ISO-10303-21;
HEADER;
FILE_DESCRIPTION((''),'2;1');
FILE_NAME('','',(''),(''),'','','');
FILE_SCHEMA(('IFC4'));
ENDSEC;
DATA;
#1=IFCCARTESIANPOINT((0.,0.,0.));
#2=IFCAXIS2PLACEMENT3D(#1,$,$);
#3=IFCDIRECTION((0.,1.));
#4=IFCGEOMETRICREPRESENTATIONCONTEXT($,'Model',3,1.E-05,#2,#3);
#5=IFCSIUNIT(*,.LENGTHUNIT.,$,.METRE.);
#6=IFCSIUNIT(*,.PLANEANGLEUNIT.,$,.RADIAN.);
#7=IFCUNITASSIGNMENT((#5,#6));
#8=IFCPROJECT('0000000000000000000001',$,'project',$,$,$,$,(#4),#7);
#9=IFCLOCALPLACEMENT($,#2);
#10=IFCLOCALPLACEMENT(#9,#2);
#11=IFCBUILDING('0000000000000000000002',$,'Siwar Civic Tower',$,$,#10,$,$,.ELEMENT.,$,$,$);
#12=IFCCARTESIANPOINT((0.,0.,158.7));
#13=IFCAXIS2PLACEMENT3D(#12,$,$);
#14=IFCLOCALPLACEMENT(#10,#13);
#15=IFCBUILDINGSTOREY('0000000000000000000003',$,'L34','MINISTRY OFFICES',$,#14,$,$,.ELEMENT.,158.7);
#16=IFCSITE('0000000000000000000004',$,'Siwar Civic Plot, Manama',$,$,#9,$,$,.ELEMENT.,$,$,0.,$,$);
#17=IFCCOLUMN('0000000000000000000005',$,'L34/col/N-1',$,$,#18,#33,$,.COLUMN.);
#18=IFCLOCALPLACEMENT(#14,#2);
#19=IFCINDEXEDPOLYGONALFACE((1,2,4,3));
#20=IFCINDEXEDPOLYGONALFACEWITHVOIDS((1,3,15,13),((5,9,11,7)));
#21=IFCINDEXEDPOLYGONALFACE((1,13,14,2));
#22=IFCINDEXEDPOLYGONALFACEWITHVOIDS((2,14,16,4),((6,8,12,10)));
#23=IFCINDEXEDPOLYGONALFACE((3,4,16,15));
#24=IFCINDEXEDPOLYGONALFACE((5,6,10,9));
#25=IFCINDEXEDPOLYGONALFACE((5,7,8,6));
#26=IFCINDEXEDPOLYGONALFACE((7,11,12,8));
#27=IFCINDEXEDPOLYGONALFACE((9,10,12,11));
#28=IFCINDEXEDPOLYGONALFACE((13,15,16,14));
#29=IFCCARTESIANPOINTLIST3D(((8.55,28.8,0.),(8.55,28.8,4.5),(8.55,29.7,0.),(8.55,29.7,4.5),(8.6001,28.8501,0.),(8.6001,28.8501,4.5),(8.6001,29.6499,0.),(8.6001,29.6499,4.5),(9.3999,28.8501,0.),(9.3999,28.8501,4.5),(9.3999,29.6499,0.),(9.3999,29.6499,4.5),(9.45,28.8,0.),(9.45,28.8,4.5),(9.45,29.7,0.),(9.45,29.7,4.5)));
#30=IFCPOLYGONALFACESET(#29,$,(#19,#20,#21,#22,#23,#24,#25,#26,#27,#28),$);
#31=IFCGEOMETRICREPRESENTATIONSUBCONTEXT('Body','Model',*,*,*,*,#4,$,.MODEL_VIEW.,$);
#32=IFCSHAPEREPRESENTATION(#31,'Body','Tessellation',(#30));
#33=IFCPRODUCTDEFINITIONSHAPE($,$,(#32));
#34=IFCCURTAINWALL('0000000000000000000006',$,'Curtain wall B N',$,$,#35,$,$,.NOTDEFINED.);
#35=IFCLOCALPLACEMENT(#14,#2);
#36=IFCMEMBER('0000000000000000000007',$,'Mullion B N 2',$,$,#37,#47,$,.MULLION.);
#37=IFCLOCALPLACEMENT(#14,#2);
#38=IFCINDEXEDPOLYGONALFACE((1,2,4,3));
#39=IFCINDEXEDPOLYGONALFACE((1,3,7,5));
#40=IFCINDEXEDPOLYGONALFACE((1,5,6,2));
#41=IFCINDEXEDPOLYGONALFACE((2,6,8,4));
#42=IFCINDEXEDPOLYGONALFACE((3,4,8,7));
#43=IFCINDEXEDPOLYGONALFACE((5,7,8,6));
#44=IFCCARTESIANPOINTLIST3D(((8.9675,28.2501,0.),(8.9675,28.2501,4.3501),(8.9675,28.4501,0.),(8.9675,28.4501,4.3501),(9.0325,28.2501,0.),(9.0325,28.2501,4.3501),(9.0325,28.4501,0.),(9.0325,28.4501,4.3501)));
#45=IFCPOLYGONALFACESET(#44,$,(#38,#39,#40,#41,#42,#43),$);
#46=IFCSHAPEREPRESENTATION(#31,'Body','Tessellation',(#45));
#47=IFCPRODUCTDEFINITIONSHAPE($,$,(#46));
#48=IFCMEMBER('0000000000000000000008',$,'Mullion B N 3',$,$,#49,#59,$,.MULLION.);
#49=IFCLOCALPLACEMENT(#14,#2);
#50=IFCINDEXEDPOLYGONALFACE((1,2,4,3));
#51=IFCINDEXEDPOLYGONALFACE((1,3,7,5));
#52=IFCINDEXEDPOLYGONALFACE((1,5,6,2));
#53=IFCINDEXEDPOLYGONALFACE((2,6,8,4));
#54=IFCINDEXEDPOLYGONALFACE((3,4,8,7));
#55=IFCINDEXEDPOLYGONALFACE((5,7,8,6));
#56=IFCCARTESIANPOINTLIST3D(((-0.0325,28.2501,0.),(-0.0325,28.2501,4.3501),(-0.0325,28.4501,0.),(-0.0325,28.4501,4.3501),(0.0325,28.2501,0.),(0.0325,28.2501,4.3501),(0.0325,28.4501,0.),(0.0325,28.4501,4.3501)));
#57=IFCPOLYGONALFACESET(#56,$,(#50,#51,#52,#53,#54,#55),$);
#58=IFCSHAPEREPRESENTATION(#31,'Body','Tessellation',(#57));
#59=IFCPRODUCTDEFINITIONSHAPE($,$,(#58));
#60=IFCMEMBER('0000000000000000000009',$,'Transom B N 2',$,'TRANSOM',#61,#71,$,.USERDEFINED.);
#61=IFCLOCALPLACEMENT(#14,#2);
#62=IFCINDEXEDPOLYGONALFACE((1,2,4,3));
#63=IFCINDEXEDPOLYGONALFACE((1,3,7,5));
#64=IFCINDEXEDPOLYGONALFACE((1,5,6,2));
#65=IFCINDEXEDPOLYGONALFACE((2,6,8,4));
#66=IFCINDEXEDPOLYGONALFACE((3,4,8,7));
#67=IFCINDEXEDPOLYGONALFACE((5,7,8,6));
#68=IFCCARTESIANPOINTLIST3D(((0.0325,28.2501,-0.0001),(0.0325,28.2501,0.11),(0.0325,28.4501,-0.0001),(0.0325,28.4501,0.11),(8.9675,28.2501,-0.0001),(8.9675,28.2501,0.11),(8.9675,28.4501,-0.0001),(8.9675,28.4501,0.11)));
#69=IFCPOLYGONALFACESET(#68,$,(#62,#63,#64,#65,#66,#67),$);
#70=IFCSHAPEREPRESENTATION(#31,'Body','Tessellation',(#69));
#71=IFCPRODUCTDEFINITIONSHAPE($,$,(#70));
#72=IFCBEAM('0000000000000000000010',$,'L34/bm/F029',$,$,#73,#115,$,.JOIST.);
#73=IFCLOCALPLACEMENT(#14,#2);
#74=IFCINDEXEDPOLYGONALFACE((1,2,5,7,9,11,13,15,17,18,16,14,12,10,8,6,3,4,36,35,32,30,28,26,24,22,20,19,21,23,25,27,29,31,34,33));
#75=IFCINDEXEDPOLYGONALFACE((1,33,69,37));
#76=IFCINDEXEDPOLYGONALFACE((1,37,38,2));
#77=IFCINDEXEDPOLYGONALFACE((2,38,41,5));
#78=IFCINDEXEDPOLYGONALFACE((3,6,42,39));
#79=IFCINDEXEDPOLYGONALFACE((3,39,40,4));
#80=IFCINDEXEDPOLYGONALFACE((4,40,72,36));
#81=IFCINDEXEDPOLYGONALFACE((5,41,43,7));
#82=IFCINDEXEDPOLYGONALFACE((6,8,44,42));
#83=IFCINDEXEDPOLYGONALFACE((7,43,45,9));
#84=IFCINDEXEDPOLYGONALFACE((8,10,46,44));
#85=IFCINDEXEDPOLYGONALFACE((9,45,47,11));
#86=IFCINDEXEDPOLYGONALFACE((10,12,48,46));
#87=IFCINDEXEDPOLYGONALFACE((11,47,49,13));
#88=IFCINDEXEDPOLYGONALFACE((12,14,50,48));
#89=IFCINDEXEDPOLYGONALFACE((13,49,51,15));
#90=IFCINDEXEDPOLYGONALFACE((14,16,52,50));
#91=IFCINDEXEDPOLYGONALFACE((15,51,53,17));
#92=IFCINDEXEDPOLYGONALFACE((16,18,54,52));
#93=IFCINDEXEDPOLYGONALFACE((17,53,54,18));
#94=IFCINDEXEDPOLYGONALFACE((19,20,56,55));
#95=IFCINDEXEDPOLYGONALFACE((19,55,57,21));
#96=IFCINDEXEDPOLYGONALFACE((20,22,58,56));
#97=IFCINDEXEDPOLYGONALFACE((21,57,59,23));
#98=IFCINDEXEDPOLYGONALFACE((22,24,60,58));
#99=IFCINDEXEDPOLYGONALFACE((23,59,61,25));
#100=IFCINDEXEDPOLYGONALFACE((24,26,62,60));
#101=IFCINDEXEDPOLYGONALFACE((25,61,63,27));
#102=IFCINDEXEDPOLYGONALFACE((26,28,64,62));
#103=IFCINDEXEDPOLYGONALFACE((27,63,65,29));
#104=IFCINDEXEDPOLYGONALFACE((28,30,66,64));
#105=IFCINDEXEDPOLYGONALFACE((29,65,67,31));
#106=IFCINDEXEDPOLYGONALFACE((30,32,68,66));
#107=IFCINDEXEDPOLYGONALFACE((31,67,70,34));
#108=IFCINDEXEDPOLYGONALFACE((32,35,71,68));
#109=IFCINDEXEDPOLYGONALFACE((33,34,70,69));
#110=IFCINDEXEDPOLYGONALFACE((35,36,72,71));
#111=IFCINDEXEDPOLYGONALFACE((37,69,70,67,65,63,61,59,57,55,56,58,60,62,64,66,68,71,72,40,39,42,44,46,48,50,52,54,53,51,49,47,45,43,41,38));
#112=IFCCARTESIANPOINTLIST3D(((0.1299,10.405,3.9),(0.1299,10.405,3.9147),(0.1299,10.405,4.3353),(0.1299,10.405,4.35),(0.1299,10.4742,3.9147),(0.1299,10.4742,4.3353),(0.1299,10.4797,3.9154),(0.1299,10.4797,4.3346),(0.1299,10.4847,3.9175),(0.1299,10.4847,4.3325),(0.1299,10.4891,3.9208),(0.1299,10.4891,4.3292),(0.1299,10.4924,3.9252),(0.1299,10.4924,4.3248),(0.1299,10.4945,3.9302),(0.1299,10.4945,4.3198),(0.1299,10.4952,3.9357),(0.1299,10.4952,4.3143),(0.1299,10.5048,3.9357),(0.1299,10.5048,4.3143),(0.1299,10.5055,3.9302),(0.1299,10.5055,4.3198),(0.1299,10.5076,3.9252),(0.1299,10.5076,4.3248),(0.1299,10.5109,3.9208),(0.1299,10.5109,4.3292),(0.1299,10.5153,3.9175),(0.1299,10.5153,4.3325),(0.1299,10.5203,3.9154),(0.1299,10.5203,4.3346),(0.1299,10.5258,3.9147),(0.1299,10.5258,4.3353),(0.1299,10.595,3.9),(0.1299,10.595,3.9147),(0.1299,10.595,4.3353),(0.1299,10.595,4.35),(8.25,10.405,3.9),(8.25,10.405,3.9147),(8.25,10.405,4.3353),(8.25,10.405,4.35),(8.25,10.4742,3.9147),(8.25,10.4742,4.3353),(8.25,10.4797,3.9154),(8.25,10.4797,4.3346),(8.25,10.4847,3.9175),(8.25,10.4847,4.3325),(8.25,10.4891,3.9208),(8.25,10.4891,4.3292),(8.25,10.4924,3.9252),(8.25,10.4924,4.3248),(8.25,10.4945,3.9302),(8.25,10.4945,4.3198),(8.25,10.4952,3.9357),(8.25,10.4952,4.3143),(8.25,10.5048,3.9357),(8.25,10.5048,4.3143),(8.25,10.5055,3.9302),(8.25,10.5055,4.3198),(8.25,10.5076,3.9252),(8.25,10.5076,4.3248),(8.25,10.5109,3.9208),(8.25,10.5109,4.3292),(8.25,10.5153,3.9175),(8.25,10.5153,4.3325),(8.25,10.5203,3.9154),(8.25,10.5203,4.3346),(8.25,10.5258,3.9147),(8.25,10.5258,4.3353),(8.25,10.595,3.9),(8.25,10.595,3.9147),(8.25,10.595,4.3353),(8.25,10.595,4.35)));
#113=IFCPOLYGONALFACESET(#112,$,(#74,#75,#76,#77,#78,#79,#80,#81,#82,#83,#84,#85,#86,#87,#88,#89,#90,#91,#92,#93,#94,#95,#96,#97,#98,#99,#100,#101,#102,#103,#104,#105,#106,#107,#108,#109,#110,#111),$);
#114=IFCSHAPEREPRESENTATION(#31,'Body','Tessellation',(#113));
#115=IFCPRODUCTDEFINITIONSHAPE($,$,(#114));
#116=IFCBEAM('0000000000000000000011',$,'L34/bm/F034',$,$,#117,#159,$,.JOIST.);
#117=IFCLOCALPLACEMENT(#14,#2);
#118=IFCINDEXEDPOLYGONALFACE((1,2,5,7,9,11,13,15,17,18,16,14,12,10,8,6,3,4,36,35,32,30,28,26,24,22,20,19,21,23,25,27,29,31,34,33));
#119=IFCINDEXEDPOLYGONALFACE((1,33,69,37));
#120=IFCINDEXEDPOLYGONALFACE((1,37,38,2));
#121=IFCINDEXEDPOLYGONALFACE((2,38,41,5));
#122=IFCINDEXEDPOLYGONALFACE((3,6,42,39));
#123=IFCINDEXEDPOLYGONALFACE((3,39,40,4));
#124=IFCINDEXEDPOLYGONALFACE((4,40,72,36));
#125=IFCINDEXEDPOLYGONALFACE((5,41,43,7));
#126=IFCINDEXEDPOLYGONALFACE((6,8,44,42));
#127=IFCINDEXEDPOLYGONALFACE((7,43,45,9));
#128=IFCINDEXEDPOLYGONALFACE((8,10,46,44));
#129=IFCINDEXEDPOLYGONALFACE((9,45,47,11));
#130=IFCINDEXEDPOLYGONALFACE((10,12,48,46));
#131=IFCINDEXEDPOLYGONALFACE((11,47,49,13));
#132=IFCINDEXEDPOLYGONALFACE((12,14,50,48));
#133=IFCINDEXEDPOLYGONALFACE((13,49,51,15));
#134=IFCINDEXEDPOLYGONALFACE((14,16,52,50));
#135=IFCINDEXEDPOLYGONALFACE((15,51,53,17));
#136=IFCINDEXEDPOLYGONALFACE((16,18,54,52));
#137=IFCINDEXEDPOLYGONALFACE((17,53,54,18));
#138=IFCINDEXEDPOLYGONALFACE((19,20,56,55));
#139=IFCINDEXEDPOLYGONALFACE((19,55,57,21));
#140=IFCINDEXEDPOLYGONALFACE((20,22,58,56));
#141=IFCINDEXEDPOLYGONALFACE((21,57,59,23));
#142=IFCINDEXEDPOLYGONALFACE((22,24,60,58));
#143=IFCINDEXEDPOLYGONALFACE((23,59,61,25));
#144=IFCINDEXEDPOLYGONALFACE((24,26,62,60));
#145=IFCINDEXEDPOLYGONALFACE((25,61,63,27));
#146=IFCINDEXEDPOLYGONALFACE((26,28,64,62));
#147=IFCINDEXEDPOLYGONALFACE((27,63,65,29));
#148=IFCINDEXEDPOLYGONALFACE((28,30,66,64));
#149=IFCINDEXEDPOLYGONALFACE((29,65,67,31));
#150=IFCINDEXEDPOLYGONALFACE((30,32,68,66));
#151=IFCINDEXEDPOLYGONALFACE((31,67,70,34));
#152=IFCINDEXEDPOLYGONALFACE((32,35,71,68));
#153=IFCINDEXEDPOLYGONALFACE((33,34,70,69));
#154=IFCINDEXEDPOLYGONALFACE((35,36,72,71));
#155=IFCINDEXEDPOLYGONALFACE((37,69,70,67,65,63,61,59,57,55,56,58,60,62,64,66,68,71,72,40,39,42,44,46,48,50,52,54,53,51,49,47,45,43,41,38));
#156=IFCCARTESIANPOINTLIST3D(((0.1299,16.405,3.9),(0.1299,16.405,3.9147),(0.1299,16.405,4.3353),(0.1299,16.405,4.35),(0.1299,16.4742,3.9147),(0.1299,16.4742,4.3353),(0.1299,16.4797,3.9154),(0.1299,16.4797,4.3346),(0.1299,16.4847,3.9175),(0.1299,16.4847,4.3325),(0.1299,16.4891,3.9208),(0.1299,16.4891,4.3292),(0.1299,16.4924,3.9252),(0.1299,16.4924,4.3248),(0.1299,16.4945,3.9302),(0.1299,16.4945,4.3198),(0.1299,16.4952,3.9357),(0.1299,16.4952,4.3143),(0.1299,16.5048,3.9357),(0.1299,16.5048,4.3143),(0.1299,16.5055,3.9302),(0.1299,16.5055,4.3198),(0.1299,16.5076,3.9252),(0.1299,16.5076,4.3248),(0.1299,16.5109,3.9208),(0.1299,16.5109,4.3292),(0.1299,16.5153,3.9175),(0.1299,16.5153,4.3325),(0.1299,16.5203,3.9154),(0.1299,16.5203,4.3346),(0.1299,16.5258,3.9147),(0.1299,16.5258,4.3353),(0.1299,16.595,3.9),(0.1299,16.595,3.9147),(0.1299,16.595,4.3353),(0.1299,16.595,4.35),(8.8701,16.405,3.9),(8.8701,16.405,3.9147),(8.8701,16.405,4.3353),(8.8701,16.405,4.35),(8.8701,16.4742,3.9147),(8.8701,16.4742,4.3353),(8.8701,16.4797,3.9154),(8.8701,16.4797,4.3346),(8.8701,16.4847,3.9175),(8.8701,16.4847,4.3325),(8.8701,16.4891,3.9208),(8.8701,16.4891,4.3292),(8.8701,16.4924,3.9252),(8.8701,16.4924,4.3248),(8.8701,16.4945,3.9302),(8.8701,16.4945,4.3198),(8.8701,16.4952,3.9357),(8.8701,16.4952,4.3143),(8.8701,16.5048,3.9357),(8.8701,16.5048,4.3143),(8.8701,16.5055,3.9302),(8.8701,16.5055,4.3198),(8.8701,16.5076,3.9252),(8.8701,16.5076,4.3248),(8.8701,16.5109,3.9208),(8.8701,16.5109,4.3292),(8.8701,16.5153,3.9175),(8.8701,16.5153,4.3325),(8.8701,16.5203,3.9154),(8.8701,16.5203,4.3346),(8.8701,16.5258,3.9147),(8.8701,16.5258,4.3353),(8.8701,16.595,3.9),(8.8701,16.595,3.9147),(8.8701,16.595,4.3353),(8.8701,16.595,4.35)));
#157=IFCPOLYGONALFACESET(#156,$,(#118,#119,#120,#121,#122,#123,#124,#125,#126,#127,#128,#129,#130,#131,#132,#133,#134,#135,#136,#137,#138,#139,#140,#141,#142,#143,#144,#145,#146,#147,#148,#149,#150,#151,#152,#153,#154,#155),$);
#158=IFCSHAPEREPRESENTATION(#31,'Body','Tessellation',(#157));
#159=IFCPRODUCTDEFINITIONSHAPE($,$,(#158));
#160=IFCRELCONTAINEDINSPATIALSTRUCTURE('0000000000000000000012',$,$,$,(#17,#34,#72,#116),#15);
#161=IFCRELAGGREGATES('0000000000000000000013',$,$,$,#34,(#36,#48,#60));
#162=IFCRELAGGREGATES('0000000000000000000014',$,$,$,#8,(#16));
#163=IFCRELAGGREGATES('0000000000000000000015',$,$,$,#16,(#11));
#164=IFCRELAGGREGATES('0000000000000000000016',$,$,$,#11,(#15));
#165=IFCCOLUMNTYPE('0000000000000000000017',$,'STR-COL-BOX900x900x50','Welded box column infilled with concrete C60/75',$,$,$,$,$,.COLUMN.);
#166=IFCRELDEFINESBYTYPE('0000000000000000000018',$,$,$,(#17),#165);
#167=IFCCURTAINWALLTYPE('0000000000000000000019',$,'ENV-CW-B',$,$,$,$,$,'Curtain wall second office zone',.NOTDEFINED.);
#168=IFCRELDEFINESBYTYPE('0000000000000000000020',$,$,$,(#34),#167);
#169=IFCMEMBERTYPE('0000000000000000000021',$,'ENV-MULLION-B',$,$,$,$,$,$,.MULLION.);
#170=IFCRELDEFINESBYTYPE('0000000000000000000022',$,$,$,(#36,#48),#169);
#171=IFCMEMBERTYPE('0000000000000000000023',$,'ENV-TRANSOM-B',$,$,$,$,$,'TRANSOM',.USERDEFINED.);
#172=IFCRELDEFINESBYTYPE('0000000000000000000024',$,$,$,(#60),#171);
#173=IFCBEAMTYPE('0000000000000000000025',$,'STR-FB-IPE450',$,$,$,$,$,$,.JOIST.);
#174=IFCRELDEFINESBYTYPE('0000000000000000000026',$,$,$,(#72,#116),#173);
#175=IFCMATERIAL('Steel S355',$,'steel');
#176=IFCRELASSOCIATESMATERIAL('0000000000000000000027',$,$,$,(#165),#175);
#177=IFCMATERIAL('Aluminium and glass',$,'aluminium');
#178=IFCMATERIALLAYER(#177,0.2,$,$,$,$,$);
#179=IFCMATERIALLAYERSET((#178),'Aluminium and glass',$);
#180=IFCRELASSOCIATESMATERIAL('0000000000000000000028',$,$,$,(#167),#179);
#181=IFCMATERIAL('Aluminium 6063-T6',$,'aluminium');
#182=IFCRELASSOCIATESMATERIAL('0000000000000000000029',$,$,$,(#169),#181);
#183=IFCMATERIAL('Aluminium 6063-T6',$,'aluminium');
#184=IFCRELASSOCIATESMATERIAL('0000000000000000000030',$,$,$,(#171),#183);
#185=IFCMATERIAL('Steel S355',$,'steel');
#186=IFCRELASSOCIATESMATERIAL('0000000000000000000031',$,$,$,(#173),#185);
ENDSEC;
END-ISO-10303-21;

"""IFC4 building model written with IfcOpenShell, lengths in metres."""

from ifc_helpers import new_model, si_unit, direction, frame, origin, origin_2d, place, context, subcontext, project, spatial, rectangle, hollow_rectangle, i_section, extrude, material, layer, layer_set, material_profile, profile_set, type_object, element, aggregate, save


model = new_model("IFC4")

# Units and contexts
model_context = context("Model", 3, precision=1e-05, world=origin(), true_north=direction((0.0, 1.0)))
body_context = subcontext(model_context, "Body", "Model", "MODEL_VIEW")
ifc_project = project(units=[si_unit("LENGTHUNIT", "METRE"), si_unit("PLANEANGLEUNIT", "RADIAN")], contexts=[model_context])

# Site, building, storey
site_placement = place(None, origin())
site = spatial("IfcSite", under=ifc_project, at=site_placement, Name="Siwar Civic Plot, Manama", CompositionType="ELEMENT", RefElevation=0.0)
building_placement = place(site_placement, origin())
building = spatial("IfcBuilding", under=site, at=building_placement, Name="Siwar Civic Tower", CompositionType="ELEMENT")
storey_placement = place(building_placement, frame((0.0, 0.0, 158.7)))
storey = spatial("IfcBuildingStorey", under=building, at=storey_placement, Name="L34", Description="MINISTRY OFFICES", CompositionType="ELEMENT", Elevation=158.7)

# Column
ifc_material_1 = material(Name="Steel S355", Category="steel")
ifc_material_profile_1 = material_profile(ifc_material_1, hollow_rectangle(XDim=0.8999, YDim=0.8999, WallThickness=0.05, at=origin_2d()), Name="BOX900x900x50")
ifc_profile_set_1 = profile_set([ifc_material_profile_1], Name="Steel S355")
column_type = type_object("IfcColumnType", Name="STR-COL-BOX900x900x50", Description="Welded box column infilled with concrete C60/75", PredefinedType="COLUMN", material=ifc_profile_set_1)
column_placement = place(storey_placement, frame((9.0, 29.25, 0.0), z_axis=(0.0, 0.0, 1.0), x_axis=(1.0, 0.0, 0.0)))
element("IfcColumn", 1, at=column_placement, inside=storey, type_object=column_type, Name="L34/col/N-1", PredefinedType="COLUMN", context=body_context, shape_type="SweptSolid", body=[
    extrude(hollow_rectangle(XDim=0.8999, YDim=0.8999, WallThickness=0.05, at=origin_2d()), origin(), (0.0, 0.0, 1.0), 4.5),
])

# Curtain wall, members
ifc_material_2 = material(Name="Aluminium and glass", Category="aluminium")
ifc_layer_1 = layer(ifc_material_2, 0.2)
ifc_layer_set_1 = layer_set([ifc_layer_1], Name="Aluminium and glass")
curtain_wall_type = type_object("IfcCurtainWallType", Name="ENV-CW-B", ElementType="Curtain wall second office zone", PredefinedType="NOTDEFINED", material=ifc_layer_set_1)
curtain_wall_placement = place(storey_placement, origin())
curtain_wall = element("IfcCurtainWall", 2, at=curtain_wall_placement, inside=storey, type_object=curtain_wall_type, Name="Curtain wall B N", PredefinedType="NOTDEFINED")
ifc_material_3 = material(Name="Aluminium 6063-T6", Category="aluminium")
ifc_material_profile_2 = material_profile(ifc_material_3, rectangle(XDim=0.2, YDim=0.0649, at=origin_2d()), Name="AL 200x65")
ifc_profile_set_2 = profile_set([ifc_material_profile_2], Name="Aluminium 6063-T6")
member_type_1 = type_object("IfcMemberType", Name="ENV-MULLION-B", PredefinedType="MULLION", material=ifc_profile_set_2)
member_1_placement = place(storey_placement, frame((9.0, 28.3501, 0.0), z_axis=(0.0, 0.0, 1.0), x_axis=(0.0, -1.0, 0.0)))
member_1 = element("IfcMember", 3, at=member_1_placement, type_object=member_type_1, Name="Mullion B N 2", PredefinedType="MULLION", context=body_context, shape_type="SweptSolid", body=[
    extrude(rectangle(XDim=0.2, YDim=0.0649, at=origin_2d()), origin(), (0.0, 0.0, 1.0), 4.3501),
])
member_2_placement = place(storey_placement, frame((0.0, 28.3501, 0.0), z_axis=(0.0, 0.0, 1.0), x_axis=(0.0, -1.0, 0.0)))
member_2 = element("IfcMember", 4, at=member_2_placement, type_object=member_type_1, Name="Mullion B N 3", PredefinedType="MULLION", context=body_context, shape_type="SweptSolid", body=[
    extrude(rectangle(XDim=0.2, YDim=0.0649, at=origin_2d()), origin(), (0.0, 0.0, 1.0), 4.3501),
])
ifc_material_4 = material(Name="Aluminium 6063-T6", Category="aluminium")
ifc_material_profile_3 = material_profile(ifc_material_4, rectangle(XDim=0.2, YDim=0.1101, at=origin_2d()), Name="AL 200x110")
ifc_profile_set_3 = profile_set([ifc_material_profile_3], Name="Aluminium 6063-T6")
member_type_2 = type_object("IfcMemberType", Name="ENV-TRANSOM-B", ElementType="TRANSOM", PredefinedType="USERDEFINED", material=ifc_profile_set_3)
member_3_placement = place(storey_placement, frame((8.9675, 28.3501, 0.0549), z_axis=(-1.0, 0.0, 0.0), x_axis=(0.0, -1.0, 0.0)))
member_3 = element("IfcMember", 5, at=member_3_placement, type_object=member_type_2, Name="Transom B N 2", ObjectType="TRANSOM", PredefinedType="USERDEFINED", context=body_context, shape_type="SweptSolid", body=[
    extrude(rectangle(XDim=0.2, YDim=0.1101, at=origin_2d()), origin(), (0.0, 0.0, 1.0), 8.9351),
])

# Beams
ifc_material_5 = material(Name="Steel S355", Category="steel")
ifc_material_profile_4 = material_profile(ifc_material_5, i_section(OverallWidth=0.1899, OverallDepth=0.45, WebThickness=0.0095, FlangeThickness=0.0146, FilletRadius=0.021, at=origin_2d()), Name="IPE450")
ifc_profile_set_4 = profile_set([ifc_material_profile_4], Name="Steel S355")
beam_type_1 = type_object("IfcBeamType", Name="STR-FB-IPE450", PredefinedType="JOIST", material=ifc_profile_set_4)
beam_1_placement = place(storey_placement, frame((0.1299, 10.5, 4.125), z_axis=(1.0, 0.0, 0.0), x_axis=(0.0, 1.0, 0.0)))
element("IfcBeam", 6, at=beam_1_placement, inside=storey, type_object=beam_type_1, Name="L34/bm/F029", PredefinedType="JOIST", context=body_context, shape_type="SweptSolid", body=[
    extrude(i_section(OverallWidth=0.1899, OverallDepth=0.45, WebThickness=0.0095, FlangeThickness=0.0146, FilletRadius=0.021, at=origin_2d()), origin(), (0.0, 0.0, 1.0), 8.1201),
])
for number, where, z_axis, x_axis, name in (
    (7, (0.1299, 16.5, 4.125), (1.0, 0.0, 0.0), (0.0, 1.0, 0.0), "L34/bm/F034"),
):
    element("IfcBeam", number, at=place(storey_placement, frame(where, z_axis=z_axis, x_axis=x_axis)), inside=storey, type_object=beam_type_1, Name=name, PredefinedType="JOIST", context=body_context, shape_type="SweptSolid", body=[
        extrude(i_section(OverallWidth=0.1899, OverallDepth=0.45, WebThickness=0.0095, FlangeThickness=0.0146, FilletRadius=0.021, at=origin_2d()), origin(), (0.0, 0.0, 1.0), 8.7402),
    ])

aggregate(curtain_wall, [member_1, member_2, member_3])

save(model, "model.ifc")
